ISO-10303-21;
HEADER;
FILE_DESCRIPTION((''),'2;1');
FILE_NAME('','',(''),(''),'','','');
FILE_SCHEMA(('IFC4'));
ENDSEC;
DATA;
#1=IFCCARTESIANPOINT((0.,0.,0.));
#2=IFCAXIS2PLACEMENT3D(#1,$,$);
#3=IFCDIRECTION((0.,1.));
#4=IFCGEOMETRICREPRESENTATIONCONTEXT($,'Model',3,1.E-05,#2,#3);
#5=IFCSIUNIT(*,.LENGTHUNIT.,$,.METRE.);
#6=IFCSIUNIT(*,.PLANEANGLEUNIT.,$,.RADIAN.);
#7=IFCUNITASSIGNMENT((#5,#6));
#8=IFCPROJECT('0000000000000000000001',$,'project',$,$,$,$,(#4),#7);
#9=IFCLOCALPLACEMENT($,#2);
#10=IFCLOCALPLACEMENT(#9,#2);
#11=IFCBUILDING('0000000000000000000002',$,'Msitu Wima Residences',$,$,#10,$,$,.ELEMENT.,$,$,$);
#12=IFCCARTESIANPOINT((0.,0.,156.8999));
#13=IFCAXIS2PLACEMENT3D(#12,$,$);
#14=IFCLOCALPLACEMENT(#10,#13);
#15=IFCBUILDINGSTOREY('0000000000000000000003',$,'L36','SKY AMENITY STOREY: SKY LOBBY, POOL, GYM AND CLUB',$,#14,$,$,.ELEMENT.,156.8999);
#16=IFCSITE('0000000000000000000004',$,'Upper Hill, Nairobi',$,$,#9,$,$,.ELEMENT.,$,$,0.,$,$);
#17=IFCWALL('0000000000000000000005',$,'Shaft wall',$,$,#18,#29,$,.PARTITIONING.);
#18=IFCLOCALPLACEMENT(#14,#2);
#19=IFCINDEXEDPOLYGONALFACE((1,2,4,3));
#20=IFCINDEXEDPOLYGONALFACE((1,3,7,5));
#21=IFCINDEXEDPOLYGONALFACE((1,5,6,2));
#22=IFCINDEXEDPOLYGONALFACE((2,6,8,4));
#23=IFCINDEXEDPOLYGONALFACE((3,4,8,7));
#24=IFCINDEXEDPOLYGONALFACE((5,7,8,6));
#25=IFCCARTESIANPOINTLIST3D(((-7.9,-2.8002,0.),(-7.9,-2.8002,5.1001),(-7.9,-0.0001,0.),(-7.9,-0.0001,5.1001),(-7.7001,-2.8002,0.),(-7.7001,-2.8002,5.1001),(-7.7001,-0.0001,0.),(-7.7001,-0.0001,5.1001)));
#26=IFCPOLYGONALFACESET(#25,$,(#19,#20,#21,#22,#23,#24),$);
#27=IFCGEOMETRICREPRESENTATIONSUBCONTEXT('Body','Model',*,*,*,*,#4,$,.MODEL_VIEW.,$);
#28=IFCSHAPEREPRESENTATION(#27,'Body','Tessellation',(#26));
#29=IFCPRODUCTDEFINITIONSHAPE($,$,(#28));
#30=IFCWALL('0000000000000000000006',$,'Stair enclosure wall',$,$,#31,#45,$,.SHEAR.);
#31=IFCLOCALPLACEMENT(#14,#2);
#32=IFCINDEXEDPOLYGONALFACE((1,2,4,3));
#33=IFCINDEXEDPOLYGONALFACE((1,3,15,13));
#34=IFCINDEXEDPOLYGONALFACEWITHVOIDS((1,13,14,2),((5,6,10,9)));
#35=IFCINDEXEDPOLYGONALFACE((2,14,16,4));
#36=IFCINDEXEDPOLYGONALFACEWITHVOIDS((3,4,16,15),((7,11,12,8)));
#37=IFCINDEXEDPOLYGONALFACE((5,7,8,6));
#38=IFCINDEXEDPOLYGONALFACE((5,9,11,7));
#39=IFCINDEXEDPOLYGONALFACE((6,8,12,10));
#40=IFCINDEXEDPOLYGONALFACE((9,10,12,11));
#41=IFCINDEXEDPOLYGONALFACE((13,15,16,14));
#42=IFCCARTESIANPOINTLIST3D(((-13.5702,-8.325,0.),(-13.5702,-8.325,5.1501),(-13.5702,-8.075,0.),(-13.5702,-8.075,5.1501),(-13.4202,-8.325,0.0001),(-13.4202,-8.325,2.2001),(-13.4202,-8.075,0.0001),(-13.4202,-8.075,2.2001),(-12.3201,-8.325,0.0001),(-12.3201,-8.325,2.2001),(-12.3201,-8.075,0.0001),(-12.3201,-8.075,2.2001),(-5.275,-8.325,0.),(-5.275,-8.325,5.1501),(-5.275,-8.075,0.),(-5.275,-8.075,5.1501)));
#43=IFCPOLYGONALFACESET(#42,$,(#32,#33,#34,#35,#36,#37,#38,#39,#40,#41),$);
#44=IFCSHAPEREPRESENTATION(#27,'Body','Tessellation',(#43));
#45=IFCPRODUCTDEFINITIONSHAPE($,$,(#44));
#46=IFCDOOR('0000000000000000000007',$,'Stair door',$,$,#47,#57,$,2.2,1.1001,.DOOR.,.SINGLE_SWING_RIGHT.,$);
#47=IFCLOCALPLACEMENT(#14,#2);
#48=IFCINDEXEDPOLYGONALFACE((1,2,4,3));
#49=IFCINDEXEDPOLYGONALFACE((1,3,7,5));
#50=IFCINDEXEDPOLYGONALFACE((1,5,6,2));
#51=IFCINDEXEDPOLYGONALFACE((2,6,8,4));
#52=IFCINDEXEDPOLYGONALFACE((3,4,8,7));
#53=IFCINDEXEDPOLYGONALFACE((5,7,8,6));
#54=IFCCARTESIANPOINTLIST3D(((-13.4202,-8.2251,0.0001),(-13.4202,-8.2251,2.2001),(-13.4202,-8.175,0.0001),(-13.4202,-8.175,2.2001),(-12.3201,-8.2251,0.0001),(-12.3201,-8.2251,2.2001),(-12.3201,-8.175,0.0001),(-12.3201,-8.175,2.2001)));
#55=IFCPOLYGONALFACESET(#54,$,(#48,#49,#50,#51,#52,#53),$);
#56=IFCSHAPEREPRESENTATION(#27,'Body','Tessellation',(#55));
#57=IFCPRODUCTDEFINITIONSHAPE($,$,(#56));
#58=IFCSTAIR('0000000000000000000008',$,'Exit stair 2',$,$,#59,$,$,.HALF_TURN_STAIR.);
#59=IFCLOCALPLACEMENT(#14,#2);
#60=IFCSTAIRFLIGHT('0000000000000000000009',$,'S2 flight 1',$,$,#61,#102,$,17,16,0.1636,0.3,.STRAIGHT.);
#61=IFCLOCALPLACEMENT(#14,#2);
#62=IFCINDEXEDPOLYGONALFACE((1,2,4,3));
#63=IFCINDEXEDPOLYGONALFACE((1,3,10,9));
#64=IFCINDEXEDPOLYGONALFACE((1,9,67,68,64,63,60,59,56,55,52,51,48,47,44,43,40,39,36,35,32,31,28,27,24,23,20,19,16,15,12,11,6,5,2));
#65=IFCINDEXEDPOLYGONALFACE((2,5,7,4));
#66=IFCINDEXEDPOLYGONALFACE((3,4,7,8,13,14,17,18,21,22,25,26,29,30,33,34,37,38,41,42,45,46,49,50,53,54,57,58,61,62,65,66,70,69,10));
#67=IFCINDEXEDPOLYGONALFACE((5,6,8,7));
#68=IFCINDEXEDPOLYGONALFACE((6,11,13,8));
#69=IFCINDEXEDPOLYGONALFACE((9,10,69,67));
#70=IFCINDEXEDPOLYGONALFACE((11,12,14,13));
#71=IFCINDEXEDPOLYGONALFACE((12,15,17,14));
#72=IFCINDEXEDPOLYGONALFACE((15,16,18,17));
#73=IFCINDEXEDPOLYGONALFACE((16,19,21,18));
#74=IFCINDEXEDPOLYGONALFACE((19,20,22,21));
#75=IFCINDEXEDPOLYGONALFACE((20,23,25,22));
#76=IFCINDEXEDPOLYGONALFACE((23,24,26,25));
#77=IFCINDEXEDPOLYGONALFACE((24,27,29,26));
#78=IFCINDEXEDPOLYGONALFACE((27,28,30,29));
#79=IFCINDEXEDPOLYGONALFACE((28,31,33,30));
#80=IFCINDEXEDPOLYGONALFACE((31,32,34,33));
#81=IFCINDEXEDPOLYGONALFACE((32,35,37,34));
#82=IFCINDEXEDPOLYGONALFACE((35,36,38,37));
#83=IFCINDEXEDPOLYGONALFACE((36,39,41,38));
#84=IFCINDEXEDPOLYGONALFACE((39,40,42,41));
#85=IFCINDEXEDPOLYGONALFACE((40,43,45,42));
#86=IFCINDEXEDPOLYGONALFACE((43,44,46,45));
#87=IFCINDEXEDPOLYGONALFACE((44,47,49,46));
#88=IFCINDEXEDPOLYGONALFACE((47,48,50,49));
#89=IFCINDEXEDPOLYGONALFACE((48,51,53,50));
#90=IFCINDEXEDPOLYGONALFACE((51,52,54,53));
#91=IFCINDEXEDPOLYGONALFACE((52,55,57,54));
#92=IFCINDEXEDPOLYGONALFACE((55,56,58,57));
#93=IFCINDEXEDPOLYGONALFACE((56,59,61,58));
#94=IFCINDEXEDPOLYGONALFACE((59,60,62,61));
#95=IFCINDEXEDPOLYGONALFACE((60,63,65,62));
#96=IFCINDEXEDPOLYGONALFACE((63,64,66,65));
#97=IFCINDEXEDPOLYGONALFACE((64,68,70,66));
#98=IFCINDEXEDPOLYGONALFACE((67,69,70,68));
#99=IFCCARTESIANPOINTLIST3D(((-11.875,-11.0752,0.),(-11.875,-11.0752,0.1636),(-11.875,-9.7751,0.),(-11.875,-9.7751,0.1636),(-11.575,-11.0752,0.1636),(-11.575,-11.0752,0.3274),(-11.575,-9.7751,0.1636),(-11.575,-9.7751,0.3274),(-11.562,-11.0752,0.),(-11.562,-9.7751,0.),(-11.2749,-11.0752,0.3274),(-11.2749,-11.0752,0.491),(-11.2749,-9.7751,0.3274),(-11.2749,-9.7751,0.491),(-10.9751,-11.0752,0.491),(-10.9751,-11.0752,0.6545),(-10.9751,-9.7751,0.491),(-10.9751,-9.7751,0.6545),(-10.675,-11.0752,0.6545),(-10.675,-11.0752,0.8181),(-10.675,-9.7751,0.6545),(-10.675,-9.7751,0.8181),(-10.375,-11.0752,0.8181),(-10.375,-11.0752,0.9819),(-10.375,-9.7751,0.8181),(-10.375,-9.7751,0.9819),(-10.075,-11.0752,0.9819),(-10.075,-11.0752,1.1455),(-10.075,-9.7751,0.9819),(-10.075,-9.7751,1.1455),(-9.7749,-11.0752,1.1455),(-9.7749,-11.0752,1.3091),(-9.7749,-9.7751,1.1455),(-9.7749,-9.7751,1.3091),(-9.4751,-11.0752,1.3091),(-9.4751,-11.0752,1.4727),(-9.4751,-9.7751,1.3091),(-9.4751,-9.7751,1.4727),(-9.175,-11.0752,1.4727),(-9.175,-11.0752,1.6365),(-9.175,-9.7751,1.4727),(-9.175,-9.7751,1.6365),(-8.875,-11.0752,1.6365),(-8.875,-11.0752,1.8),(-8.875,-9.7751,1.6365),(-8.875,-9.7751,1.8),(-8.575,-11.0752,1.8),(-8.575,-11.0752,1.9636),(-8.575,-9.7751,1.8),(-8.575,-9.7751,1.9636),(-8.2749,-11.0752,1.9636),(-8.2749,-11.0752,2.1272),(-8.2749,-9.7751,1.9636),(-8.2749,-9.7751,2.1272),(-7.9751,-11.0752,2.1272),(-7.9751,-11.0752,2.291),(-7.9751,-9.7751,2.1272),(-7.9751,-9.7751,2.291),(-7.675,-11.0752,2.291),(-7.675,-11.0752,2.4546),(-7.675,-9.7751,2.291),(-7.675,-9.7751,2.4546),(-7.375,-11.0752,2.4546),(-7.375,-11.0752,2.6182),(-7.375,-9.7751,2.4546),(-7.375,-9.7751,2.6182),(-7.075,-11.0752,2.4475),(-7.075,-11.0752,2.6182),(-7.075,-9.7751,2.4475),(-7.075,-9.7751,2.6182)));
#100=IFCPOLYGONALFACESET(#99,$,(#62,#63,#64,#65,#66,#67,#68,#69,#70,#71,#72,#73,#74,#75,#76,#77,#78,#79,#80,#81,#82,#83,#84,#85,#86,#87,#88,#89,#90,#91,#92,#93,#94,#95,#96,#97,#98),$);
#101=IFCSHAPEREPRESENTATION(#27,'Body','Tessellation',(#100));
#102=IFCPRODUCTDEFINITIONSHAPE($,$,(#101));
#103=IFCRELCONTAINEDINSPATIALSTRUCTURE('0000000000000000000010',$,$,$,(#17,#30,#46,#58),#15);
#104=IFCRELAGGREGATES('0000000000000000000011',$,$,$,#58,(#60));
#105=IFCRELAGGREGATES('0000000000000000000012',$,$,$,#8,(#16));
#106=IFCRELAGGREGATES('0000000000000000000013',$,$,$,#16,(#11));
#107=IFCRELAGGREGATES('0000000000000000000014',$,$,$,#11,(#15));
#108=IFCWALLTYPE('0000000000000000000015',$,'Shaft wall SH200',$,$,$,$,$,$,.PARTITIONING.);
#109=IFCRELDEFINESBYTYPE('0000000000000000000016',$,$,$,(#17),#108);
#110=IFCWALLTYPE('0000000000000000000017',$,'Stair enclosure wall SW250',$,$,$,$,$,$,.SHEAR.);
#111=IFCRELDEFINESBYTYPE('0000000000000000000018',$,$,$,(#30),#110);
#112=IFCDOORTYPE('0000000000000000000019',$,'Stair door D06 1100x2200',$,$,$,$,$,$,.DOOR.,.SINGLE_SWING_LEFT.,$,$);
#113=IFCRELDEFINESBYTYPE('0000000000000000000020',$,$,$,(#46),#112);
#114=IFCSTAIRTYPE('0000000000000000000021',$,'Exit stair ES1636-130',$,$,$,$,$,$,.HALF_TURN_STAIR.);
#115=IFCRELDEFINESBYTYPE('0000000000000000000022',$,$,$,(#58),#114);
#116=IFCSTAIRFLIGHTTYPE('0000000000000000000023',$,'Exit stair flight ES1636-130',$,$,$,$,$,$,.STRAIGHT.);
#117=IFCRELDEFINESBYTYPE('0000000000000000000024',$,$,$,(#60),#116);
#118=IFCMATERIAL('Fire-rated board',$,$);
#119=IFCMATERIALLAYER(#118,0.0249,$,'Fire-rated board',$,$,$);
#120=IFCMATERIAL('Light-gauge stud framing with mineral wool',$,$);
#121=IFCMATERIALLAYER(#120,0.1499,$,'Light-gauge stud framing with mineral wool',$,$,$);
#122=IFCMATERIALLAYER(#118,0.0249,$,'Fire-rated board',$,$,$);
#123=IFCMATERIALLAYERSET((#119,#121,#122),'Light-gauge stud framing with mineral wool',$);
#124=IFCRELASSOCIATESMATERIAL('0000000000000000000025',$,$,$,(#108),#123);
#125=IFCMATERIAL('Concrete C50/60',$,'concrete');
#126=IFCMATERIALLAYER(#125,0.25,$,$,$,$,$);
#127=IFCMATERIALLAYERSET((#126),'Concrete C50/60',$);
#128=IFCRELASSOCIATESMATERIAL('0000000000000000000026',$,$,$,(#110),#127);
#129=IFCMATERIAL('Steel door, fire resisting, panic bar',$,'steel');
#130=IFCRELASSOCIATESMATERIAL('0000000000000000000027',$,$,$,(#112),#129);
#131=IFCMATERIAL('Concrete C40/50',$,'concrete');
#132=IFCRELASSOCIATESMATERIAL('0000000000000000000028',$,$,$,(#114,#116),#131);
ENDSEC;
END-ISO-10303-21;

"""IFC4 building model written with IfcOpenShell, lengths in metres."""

from ifc_helpers import new_model, si_unit, direction, frame, frame_2d, origin, place, context, subcontext, project, spatial, polyline, rectangle, outline, extrude, material, layer, layer_set, type_object, element, fill, aggregate, save


model = new_model("IFC4")

# Units and contexts
model_context = context("Model", 3, precision=1e-05, world=origin(), true_north=direction((0.0, 1.0)))
body_context = subcontext(model_context, "Body", "Model", "MODEL_VIEW")
ifc_project = project(units=[si_unit("LENGTHUNIT", "METRE"), si_unit("PLANEANGLEUNIT", "RADIAN")], contexts=[model_context])

# Site, building, storey
site_placement = place(None, origin())
site = spatial("IfcSite", under=ifc_project, at=site_placement, Name="Upper Hill, Nairobi", CompositionType="ELEMENT", RefElevation=0.0)
building_placement = place(site_placement, origin())
building = spatial("IfcBuilding", under=site, at=building_placement, Name="Msitu Wima Residences", CompositionType="ELEMENT")
storey_placement = place(building_placement, frame((0.0, 0.0, 156.8999)))
storey = spatial("IfcBuildingStorey", under=building, at=storey_placement, Name="L36", Description="SKY AMENITY STOREY: SKY LOBBY, POOL, GYM AND CLUB", CompositionType="ELEMENT", Elevation=156.8999)

# Shared definitions
ifc_material_1 = material(Name="Fire-rated board")
ifc_layer_1 = layer(ifc_material_1, 0.0249, Name="Fire-rated board")
ifc_material_2 = material(Name="Light-gauge stud framing with mineral wool")
ifc_layer_2 = layer(ifc_material_2, 0.1499, Name="Light-gauge stud framing with mineral wool")
ifc_layer_3 = layer(ifc_material_1, 0.0249, Name="Fire-rated board")
ifc_layer_set_1 = layer_set([ifc_layer_1, ifc_layer_2, ifc_layer_3], Name="Light-gauge stud framing with mineral wool")
wall_type_1 = type_object("IfcWallType", Name="Shaft wall SH200", PredefinedType="PARTITIONING", material=ifc_layer_set_1)

# Wall
wall_1_placement = place(storey_placement, frame((-7.8, -2.8, 0.0), z_axis=(0.0, 0.0, 1.0), x_axis=(0.0, 1.0, 0.0)))
element("IfcWall", 1, at=wall_1_placement, inside=storey, type_object=wall_type_1, Name="Shaft wall", PredefinedType="PARTITIONING", context=body_context, shape_type="SweptSolid", body=[
    extrude(rectangle(XDim=2.8, YDim=0.2, at=frame_2d((1.3999, 0.0))), origin(), (0.0, 0.0, 1.0), 5.1001),
])

# Wall, opening, door
ifc_material_3 = material(Name="Concrete C50/60", Category="concrete")
ifc_layer_4 = layer(ifc_material_3, 0.25)
ifc_layer_set_2 = layer_set([ifc_layer_4], Name="Concrete C50/60")
wall_type_2 = type_object("IfcWallType", Name="Stair enclosure wall SW250", PredefinedType="SHEAR", material=ifc_layer_set_2)
wall_2_placement = place(storey_placement, frame((-13.5701, -8.2, 0.0), z_axis=(0.0, 0.0, 1.0), x_axis=(1.0, 0.0, 0.0)))
wall_2 = element("IfcWall", 2, at=wall_2_placement, inside=storey, type_object=wall_type_2, Name="Stair enclosure wall", PredefinedType="SHEAR", context=body_context, shape_type="SweptSolid", body=[
    extrude(rectangle(XDim=8.2952, YDim=0.25, at=frame_2d((4.1475, 0.0))), origin(), (0.0, 0.0, 1.0), 5.1501),
])
opening_1_placement = place(wall_2_placement, frame((0.1499, 0.0, 0.0)))
opening_1 = element("IfcOpeningElement", 3, at=opening_1_placement, cuts=wall_2, PredefinedType="OPENING", context=body_context, shape_type="SweptSolid", body=[
    extrude(rectangle(XDim=1.1001, YDim=2.2, at=frame_2d((0.55, 1.1001))), frame((0.0, 0.135, 0.0), z_axis=(0.0, -1.0, 0.0), x_axis=(1.0, 0.0, 0.0)), (0.0, 0.0, 1.0), 0.27),
])
ifc_material_4 = material(Name="Steel door, fire resisting, panic bar", Category="steel")
door_type_1 = type_object("IfcDoorType", Name="Stair door D06 1100x2200", OperationType="SINGLE_SWING_LEFT", PredefinedType="DOOR", material=ifc_material_4)
door_1_placement = place(opening_1_placement, origin())
door_1 = element("IfcDoor", 4, at=door_1_placement, inside=storey, type_object=door_type_1, Name="Stair door", OperationType="SINGLE_SWING_RIGHT", OverallHeight=2.2, OverallWidth=1.1001, PredefinedType="DOOR", context=body_context, shape_type="SweptSolid", body=[
    extrude(rectangle(XDim=1.1001, YDim=2.2, at=frame_2d((0.55, 1.1001))), frame((0.0, 0.0249, 0.0), z_axis=(0.0, -1.0, 0.0), x_axis=(1.0, 0.0, 0.0)), (0.0, 0.0, 1.0), 0.05),
])
fill(opening_1, door_1)

# Stair, stair flight
ifc_material_5 = material(Name="Concrete C40/50", Category="concrete")
stair_type = type_object("IfcStairType", Name="Exit stair ES1636-130", PredefinedType="HALF_TURN_STAIR", material=ifc_material_5)
stair_placement = place(storey_placement, origin())
stair = element("IfcStair", 5, at=stair_placement, inside=storey, type_object=stair_type, Name="Exit stair 2", PredefinedType="HALF_TURN_STAIR")
stair_flight_type = type_object("IfcStairFlightType", Name="Exit stair flight ES1636-130", PredefinedType="STRAIGHT", material=ifc_material_5)
stair_flight_placement = place(storey_placement, frame((-11.875, -10.425, 0.0), z_axis=(0.0, 0.0, 1.0), x_axis=(1.0, 0.0, 0.0)))
stair_flight = element("IfcStairFlight", 6, at=stair_flight_placement, type_object=stair_flight_type, Name="S2 flight 1", NumberOfRisers=17, NumberOfTreads=16, PredefinedType="STRAIGHT", RiserHeight=0.1636, TreadLength=0.3, context=body_context, shape_type="SweptSolid", body=[
    extrude(outline(polyline([(0.0, 0.0), (0.0, 0.1636), (0.3, 0.1636), (0.3, 0.3274), (0.6001, 0.3274), (0.6001, 0.491), (0.8999, 0.491), (0.8999, 0.6545), (1.2, 0.6545), (1.2, 0.8181), (1.5, 0.8181), (1.5, 0.9819), (1.8, 0.9819), (1.8, 1.1455), (2.1001, 1.1455), (2.1001, 1.3091), (2.3999, 1.3091), (2.3999, 1.4727), (2.7, 1.4727), (2.7, 1.6365), (3.0, 1.6365), (3.0, 1.8), (3.3, 1.8), (3.3, 1.9636), (3.6001, 1.9636), (3.6001, 2.1272), (3.8999, 2.1272), (3.8999, 2.291), (4.2, 2.291), (4.2, 2.4546), (4.5, 2.4546), (4.5, 2.6182), (4.8, 2.6182), (4.8, 2.7817), (4.8, 2.4475), (0.313, 0.0), (0.0, 0.0)])), frame((0.0, 0.6499, 0.0), z_axis=(0.0, -1.0, 0.0), x_axis=(1.0, 0.0, 0.0)), (0.0, 0.0, 1.0), 1.3),
])
aggregate(stair, [stair_flight])

save(model, "model.ifc")
